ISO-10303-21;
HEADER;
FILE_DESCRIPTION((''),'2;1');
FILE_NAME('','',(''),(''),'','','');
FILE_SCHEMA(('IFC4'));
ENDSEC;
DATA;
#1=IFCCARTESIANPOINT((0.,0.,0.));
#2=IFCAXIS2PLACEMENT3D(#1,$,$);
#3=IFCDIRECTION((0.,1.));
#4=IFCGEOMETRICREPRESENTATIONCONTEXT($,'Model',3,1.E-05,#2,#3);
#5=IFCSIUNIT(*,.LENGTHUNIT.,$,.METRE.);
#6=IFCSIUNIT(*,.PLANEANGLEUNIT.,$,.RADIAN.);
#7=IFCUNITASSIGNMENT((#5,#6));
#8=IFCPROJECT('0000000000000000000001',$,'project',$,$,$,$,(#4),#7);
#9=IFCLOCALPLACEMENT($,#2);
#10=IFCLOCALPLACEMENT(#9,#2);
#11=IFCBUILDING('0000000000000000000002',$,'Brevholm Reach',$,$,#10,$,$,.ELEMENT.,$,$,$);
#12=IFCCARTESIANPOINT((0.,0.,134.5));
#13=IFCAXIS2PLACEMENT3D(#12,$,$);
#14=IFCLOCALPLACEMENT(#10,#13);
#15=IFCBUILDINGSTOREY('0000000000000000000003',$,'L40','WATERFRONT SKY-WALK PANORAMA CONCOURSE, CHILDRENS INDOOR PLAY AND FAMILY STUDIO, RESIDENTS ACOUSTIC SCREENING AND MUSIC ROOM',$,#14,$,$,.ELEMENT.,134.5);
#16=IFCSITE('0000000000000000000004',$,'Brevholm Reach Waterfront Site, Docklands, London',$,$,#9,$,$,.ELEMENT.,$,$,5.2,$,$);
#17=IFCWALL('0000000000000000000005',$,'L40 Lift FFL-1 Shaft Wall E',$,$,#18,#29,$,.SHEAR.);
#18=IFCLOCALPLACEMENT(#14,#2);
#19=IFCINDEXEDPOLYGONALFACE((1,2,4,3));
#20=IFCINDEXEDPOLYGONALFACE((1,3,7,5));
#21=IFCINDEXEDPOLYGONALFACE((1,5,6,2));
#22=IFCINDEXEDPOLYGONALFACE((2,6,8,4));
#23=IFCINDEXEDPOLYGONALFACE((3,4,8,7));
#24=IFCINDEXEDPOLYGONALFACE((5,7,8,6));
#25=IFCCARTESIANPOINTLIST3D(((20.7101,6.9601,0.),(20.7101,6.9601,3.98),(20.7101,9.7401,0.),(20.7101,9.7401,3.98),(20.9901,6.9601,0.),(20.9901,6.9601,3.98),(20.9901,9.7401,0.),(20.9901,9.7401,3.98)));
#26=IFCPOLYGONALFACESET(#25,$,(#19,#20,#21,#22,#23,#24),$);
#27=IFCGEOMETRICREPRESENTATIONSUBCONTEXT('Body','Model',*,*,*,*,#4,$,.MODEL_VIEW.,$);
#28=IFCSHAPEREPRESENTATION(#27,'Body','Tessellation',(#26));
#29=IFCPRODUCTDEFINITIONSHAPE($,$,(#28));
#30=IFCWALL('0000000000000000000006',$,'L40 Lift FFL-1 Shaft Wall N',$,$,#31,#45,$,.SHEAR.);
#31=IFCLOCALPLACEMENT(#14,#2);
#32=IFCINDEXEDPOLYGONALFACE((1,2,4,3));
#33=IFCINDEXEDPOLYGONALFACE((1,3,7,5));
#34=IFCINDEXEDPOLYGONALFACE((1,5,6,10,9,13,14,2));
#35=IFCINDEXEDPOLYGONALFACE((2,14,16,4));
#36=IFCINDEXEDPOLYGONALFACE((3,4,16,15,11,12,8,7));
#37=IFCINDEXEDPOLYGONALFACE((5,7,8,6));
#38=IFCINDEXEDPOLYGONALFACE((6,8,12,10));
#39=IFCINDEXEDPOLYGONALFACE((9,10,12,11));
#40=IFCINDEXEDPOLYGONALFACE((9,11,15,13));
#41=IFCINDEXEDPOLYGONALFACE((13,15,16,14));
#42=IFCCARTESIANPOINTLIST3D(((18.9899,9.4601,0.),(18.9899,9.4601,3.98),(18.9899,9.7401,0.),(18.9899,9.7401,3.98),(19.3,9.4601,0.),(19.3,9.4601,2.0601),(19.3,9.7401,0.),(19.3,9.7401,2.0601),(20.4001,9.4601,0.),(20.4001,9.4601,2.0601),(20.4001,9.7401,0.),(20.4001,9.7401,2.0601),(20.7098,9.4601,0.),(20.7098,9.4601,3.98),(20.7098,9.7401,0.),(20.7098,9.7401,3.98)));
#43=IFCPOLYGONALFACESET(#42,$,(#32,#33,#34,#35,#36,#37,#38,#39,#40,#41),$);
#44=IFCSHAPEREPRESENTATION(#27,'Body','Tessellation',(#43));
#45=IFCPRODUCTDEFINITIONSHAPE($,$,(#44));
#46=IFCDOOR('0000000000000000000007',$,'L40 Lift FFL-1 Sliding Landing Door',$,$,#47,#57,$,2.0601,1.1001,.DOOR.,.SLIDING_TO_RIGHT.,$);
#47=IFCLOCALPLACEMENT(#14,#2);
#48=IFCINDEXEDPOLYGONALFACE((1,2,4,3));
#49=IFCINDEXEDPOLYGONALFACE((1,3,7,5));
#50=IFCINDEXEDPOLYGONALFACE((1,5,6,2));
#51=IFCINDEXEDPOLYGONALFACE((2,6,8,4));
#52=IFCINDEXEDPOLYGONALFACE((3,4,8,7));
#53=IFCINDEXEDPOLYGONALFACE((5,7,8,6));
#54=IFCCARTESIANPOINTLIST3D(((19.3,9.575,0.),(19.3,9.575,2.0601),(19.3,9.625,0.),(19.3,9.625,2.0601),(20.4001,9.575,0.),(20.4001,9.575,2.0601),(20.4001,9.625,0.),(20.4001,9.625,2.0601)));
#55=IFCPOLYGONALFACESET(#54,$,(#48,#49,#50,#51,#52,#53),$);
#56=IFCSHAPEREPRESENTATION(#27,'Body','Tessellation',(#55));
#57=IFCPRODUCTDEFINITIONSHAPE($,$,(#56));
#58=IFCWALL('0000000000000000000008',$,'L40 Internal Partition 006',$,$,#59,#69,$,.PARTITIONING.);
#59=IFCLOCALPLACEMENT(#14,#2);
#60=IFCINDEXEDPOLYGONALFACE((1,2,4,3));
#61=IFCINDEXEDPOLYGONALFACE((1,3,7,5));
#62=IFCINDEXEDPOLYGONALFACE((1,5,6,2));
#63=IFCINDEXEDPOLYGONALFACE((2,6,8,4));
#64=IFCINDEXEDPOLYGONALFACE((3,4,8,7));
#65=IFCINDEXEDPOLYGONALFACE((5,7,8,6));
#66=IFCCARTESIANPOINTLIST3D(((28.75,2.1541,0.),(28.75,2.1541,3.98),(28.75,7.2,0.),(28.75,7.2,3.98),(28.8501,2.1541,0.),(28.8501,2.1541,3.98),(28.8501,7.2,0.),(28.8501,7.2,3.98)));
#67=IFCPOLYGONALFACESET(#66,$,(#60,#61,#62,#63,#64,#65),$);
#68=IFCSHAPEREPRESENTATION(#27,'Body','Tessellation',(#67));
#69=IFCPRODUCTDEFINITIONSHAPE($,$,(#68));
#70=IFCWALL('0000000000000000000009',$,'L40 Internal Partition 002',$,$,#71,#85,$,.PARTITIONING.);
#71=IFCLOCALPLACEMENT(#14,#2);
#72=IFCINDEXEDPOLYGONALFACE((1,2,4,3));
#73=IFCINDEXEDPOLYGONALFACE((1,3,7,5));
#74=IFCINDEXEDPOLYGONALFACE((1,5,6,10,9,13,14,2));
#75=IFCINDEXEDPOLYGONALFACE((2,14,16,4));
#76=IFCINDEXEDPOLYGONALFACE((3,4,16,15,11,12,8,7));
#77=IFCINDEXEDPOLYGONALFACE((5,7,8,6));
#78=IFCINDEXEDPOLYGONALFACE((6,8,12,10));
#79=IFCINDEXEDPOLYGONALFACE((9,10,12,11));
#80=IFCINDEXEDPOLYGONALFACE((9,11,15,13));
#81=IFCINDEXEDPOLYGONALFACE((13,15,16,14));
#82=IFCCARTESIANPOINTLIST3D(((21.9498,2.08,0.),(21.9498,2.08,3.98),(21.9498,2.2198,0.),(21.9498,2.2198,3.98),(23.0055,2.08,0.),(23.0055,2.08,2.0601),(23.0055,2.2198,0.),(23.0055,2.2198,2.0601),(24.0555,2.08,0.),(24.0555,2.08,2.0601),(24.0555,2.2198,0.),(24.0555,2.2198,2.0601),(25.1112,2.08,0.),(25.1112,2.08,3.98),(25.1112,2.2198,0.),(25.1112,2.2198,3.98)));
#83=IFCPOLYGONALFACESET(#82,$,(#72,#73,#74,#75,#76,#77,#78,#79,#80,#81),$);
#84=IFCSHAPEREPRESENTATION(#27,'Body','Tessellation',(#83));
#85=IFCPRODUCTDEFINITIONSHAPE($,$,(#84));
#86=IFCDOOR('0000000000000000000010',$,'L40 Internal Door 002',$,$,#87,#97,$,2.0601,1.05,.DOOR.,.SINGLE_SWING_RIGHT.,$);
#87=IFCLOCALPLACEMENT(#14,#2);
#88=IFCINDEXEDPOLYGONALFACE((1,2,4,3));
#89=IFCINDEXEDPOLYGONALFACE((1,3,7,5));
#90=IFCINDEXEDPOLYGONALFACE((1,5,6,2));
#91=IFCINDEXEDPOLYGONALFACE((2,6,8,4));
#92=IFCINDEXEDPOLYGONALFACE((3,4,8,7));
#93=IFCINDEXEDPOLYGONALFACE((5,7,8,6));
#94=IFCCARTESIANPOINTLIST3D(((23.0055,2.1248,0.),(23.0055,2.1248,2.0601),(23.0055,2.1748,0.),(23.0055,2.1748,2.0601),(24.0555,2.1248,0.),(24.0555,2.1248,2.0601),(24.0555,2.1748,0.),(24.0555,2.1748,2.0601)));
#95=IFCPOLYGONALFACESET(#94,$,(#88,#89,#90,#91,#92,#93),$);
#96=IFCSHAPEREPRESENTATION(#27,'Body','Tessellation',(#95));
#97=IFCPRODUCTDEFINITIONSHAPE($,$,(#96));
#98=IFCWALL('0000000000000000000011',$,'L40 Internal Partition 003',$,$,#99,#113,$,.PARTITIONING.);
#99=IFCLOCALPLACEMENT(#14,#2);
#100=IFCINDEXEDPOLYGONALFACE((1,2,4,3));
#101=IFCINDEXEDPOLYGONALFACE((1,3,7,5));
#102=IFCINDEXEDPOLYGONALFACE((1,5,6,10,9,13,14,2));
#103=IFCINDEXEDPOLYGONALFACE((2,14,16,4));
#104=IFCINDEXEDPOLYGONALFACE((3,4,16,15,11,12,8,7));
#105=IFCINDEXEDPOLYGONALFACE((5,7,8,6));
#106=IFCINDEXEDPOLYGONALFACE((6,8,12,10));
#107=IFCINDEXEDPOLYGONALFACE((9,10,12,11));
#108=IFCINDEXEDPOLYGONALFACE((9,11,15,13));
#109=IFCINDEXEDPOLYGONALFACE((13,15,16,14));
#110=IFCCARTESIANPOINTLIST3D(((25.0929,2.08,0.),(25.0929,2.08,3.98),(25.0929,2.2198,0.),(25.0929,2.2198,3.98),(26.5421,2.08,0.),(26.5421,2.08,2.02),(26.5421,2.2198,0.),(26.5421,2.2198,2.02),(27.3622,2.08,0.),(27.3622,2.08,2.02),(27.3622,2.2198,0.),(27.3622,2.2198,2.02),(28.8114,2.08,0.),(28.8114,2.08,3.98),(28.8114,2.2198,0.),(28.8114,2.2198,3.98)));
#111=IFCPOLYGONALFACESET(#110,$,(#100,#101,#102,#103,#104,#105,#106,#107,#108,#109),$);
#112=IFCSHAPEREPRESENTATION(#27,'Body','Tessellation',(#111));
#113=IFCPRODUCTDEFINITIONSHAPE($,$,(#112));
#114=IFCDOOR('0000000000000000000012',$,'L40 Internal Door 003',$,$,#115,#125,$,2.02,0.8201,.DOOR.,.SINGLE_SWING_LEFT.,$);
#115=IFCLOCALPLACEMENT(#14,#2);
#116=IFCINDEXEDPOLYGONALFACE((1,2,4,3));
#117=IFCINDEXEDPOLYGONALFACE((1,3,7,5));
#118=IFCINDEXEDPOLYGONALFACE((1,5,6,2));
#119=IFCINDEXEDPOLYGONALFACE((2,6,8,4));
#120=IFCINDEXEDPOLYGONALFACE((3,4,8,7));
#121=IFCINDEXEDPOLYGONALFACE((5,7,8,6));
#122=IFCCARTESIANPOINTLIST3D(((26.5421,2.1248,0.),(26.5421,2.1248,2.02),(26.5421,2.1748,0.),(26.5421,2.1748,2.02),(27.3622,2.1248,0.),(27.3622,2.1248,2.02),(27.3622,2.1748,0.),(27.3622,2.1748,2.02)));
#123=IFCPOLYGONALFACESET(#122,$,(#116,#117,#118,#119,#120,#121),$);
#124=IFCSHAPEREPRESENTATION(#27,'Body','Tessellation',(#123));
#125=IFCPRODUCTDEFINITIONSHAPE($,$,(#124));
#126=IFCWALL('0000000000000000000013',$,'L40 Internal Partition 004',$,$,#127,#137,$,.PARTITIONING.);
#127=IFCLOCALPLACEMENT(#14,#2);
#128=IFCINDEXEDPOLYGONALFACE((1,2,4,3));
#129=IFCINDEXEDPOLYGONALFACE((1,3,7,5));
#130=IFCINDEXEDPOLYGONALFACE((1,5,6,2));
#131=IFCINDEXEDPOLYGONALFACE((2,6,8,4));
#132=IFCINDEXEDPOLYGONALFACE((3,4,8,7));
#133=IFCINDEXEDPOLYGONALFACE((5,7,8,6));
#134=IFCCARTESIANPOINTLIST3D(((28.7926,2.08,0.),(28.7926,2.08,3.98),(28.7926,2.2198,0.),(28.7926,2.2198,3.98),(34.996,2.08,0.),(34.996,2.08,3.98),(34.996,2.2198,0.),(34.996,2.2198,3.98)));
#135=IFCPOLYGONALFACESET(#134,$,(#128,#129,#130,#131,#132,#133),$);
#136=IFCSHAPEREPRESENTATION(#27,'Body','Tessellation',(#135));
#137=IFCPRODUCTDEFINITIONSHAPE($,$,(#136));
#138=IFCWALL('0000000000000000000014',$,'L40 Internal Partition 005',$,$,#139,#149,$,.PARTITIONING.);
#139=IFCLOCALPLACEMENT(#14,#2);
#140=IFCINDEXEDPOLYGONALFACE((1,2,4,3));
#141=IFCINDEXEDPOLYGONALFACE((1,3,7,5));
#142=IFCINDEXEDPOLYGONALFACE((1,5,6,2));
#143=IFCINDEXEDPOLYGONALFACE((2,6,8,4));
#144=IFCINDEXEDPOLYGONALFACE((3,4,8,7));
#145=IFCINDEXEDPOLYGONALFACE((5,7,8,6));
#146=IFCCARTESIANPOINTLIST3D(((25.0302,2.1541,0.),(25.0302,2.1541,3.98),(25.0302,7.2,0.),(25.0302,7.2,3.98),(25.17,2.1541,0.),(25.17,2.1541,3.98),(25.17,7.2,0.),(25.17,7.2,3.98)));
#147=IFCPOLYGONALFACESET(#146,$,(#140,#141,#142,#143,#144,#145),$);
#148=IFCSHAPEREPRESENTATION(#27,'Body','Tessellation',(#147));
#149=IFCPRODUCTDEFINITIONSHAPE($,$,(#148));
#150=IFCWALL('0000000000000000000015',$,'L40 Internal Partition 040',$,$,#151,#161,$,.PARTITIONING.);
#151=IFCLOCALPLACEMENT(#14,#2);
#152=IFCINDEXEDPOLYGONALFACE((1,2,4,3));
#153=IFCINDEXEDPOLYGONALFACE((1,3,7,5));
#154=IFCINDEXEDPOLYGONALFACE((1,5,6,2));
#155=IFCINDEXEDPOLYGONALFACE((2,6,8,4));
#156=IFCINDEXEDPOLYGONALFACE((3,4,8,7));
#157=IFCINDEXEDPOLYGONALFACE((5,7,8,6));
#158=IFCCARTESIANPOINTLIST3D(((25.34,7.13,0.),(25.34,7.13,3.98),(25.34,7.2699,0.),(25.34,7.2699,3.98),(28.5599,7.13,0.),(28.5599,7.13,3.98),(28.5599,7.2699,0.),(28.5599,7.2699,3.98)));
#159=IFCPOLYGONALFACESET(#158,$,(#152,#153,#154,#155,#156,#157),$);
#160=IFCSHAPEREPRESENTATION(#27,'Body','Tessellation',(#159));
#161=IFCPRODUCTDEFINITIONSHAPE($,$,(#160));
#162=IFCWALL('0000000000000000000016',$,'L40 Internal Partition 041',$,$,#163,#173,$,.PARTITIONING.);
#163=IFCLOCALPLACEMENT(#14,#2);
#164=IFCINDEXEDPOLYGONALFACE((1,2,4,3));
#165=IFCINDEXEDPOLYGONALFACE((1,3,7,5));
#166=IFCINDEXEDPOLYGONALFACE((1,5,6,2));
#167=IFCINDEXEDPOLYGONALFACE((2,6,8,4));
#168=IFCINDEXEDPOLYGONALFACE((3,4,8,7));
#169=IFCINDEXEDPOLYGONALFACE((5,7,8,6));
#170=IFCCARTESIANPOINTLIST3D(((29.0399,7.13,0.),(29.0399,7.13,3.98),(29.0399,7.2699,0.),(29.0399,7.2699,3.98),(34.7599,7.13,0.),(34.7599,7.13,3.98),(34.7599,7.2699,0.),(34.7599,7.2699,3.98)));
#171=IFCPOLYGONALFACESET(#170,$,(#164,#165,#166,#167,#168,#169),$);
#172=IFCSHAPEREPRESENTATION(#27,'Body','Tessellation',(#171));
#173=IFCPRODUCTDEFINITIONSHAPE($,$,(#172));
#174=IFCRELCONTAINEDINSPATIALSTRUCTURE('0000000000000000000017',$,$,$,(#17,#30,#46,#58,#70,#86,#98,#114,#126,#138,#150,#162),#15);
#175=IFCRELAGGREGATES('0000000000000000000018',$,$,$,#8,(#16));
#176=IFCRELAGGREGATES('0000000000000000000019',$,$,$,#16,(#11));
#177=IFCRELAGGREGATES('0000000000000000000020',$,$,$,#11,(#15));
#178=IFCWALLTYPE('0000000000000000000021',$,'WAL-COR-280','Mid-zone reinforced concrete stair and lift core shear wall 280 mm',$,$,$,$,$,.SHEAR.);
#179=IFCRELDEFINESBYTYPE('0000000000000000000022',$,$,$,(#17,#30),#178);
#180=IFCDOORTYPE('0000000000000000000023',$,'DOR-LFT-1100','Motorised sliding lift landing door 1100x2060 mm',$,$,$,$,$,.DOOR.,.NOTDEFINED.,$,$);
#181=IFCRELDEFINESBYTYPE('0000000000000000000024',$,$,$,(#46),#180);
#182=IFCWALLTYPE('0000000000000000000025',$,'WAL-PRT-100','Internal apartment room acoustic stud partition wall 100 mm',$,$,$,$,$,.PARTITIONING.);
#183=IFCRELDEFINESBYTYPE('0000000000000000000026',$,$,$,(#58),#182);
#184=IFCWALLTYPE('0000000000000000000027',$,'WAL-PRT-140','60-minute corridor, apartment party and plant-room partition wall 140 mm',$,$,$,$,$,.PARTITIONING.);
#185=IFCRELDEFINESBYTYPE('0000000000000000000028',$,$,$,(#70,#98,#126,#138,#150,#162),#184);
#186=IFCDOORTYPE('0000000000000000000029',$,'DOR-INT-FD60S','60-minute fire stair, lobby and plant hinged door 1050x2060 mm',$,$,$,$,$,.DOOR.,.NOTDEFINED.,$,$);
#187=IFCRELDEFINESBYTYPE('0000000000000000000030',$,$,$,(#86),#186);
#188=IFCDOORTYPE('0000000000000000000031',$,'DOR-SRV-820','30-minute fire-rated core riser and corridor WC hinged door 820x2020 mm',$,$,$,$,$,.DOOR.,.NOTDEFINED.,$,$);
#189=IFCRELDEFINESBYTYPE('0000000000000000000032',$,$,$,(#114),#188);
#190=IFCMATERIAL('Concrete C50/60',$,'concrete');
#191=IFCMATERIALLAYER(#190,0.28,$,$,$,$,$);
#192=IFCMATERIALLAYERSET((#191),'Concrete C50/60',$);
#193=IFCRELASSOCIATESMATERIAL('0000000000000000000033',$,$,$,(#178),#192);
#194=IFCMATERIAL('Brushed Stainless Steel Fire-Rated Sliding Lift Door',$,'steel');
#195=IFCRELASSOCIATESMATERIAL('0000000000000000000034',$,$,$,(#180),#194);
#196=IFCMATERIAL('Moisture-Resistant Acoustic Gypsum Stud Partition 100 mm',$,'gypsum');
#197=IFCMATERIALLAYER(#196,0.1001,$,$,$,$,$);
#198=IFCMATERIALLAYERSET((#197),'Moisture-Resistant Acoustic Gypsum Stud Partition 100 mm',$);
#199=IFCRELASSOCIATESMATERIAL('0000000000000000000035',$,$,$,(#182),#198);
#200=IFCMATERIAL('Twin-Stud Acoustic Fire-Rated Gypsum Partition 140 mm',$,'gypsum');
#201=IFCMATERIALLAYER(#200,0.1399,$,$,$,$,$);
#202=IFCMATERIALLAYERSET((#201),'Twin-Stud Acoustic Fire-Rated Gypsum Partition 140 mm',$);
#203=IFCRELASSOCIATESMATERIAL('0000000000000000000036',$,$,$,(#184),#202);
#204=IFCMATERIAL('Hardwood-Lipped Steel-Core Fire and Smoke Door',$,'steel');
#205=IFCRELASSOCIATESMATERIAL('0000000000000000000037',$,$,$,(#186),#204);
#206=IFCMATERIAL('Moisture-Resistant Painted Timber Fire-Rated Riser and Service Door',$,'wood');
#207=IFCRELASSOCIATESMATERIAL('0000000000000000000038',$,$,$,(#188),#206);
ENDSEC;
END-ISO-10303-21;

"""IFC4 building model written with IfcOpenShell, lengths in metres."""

from ifc_helpers import new_model, si_unit, direction, frame, frame_2d, origin, place, context, subcontext, project, spatial, rectangle, extrude, material, layer, layer_set, type_object, element, fill, save


model = new_model("IFC4")

# Units and contexts
model_context = context("Model", 3, precision=1e-05, world=origin(), true_north=direction((0.0, 1.0)))
body_context = subcontext(model_context, "Body", "Model", "MODEL_VIEW")
ifc_project = project(units=[si_unit("LENGTHUNIT", "METRE"), si_unit("PLANEANGLEUNIT", "RADIAN")], contexts=[model_context])

# Site, building, storey
site_placement = place(None, origin())
site = spatial("IfcSite", under=ifc_project, at=site_placement, Name="Brevholm Reach Waterfront Site, Docklands, London", CompositionType="ELEMENT", RefElevation=5.2)
building_placement = place(site_placement, origin())
building = spatial("IfcBuilding", under=site, at=building_placement, Name="Brevholm Reach", CompositionType="ELEMENT")
storey_placement = place(building_placement, frame((0.0, 0.0, 134.5)))
storey = spatial("IfcBuildingStorey", under=building, at=storey_placement, Name="L40", Description="WATERFRONT SKY-WALK PANORAMA CONCOURSE, CHILDRENS INDOOR PLAY AND FAMILY STUDIO, RESIDENTS ACOUSTIC SCREENING AND MUSIC ROOM", CompositionType="ELEMENT", Elevation=134.5)

# Wall
ifc_material_1 = material(Name="Concrete C50/60", Category="concrete")
ifc_layer_1 = layer(ifc_material_1, 0.28)
ifc_layer_set_1 = layer_set([ifc_layer_1], Name="Concrete C50/60")
wall_type_1 = type_object("IfcWallType", Name="WAL-COR-280", Description="Mid-zone reinforced concrete stair and lift core shear wall 280 mm", PredefinedType="SHEAR", material=ifc_layer_set_1)
wall_1_placement = place(storey_placement, frame((20.8501, 6.96, 0.0), z_axis=(0.0, 0.0, 1.0), x_axis=(0.0, 1.0, 0.0)))
element("IfcWall", 1, at=wall_1_placement, inside=storey, type_object=wall_type_1, Name="L40 Lift FFL-1 Shaft Wall E", PredefinedType="SHEAR", context=body_context, shape_type="SweptSolid", body=[
    extrude(rectangle(XDim=2.78, YDim=0.28, at=frame_2d((1.3901, 0.0))), origin(), (0.0, 0.0, 1.0), 3.98),
])

# Wall, opening, door
wall_2_placement = place(storey_placement, frame((18.99, 9.6001, 0.0), z_axis=(0.0, 0.0, 1.0), x_axis=(1.0, 0.0, 0.0)))
wall_2 = element("IfcWall", 2, at=wall_2_placement, inside=storey, type_object=wall_type_1, Name="L40 Lift FFL-1 Shaft Wall N", PredefinedType="SHEAR", context=body_context, shape_type="SweptSolid", body=[
    extrude(rectangle(XDim=1.72, YDim=0.28, at=frame_2d((0.8599, 0.0))), origin(), (0.0, 0.0, 1.0), 3.98),
])
opening_1_placement = place(wall_2_placement, frame((0.3101, 0.0, 0.0)))
opening_1 = element("IfcOpeningElement", 3, at=opening_1_placement, cuts=wall_2, PredefinedType="OPENING", context=body_context, shape_type="SweptSolid", body=[
    extrude(rectangle(XDim=1.1001, YDim=2.0601, at=frame_2d((0.55, 1.03))), frame((0.0, 0.1499, 0.0), z_axis=(0.0, -1.0, 0.0), x_axis=(1.0, 0.0, 0.0)), (0.0, 0.0, 1.0), 0.3),
])
ifc_material_2 = material(Name="Brushed Stainless Steel Fire-Rated Sliding Lift Door", Category="steel")
door_type_1 = type_object("IfcDoorType", Name="DOR-LFT-1100", Description="Motorised sliding lift landing door 1100x2060 mm", OperationType="NOTDEFINED", PredefinedType="DOOR", material=ifc_material_2)
door_1_placement = place(opening_1_placement, origin())
door_1 = element("IfcDoor", 4, at=door_1_placement, inside=storey, type_object=door_type_1, Name="L40 Lift FFL-1 Sliding Landing Door", OperationType="SLIDING_TO_RIGHT", OverallHeight=2.0601, OverallWidth=1.1001, PredefinedType="DOOR", context=body_context, shape_type="SweptSolid", body=[
    extrude(rectangle(XDim=1.1001, YDim=2.0601, at=frame_2d((0.55, 1.03))), frame((0.0, 0.0249, 0.0), z_axis=(0.0, -1.0, 0.0), x_axis=(1.0, 0.0, 0.0)), (0.0, 0.0, 1.0), 0.05),
])
fill(opening_1, door_1)

# Wall
ifc_material_3 = material(Name="Moisture-Resistant Acoustic Gypsum Stud Partition 100 mm", Category="gypsum")
ifc_layer_2 = layer(ifc_material_3, 0.1001)
ifc_layer_set_2 = layer_set([ifc_layer_2], Name="Moisture-Resistant Acoustic Gypsum Stud Partition 100 mm")
wall_type_2 = type_object("IfcWallType", Name="WAL-PRT-100", Description="Internal apartment room acoustic stud partition wall 100 mm", PredefinedType="PARTITIONING", material=ifc_layer_set_2)
wall_3_placement = place(storey_placement, frame((28.8, 2.1541, 0.0), z_axis=(0.0, 0.0, 1.0), x_axis=(0.0, 1.0, 0.0)))
element("IfcWall", 5, at=wall_3_placement, inside=storey, type_object=wall_type_2, Name="L40 Internal Partition 006", PredefinedType="PARTITIONING", context=body_context, shape_type="SweptSolid", body=[
    extrude(rectangle(XDim=5.0459, YDim=0.1001, at=frame_2d((2.5229, 0.0))), origin(), (0.0, 0.0, 1.0), 3.98),
])

# Walls, openings, doors
ifc_material_4 = material(Name="Twin-Stud Acoustic Fire-Rated Gypsum Partition 140 mm", Category="gypsum")
ifc_layer_3 = layer(ifc_material_4, 0.1399)
ifc_layer_set_3 = layer_set([ifc_layer_3], Name="Twin-Stud Acoustic Fire-Rated Gypsum Partition 140 mm")
wall_type_3 = type_object("IfcWallType", Name="WAL-PRT-140", Description="60-minute corridor, apartment party and plant-room partition wall 140 mm", PredefinedType="PARTITIONING", material=ifc_layer_set_3)
wall_4_placement = place(storey_placement, frame((21.95, 2.1499, 0.0), z_axis=(0.0, 0.0, 1.0), x_axis=(1.0, 0.0, 0.0)))
wall_4 = element("IfcWall", 6, at=wall_4_placement, inside=storey, type_object=wall_type_3, Name="L40 Internal Partition 002", PredefinedType="PARTITIONING", context=body_context, shape_type="SweptSolid", body=[
    extrude(rectangle(XDim=3.1614, YDim=0.1399, at=frame_2d((1.5806, 0.0))), origin(), (0.0, 0.0, 1.0), 3.98),
])
opening_2_placement = place(wall_4_placement, frame((1.0557, 0.0, 0.0)))
opening_2 = element("IfcOpeningElement", 7, at=opening_2_placement, cuts=wall_4, PredefinedType="OPENING", context=body_context, shape_type="SweptSolid", body=[
    extrude(rectangle(XDim=1.05, YDim=2.0601, at=frame_2d((0.5249, 1.03))), frame((0.0, 0.0798, 0.0), z_axis=(0.0, -1.0, 0.0), x_axis=(1.0, 0.0, 0.0)), (0.0, 0.0, 1.0), 0.1599),
])
ifc_material_5 = material(Name="Hardwood-Lipped Steel-Core Fire and Smoke Door", Category="steel")
door_type_2 = type_object("IfcDoorType", Name="DOR-INT-FD60S", Description="60-minute fire stair, lobby and plant hinged door 1050x2060 mm", OperationType="NOTDEFINED", PredefinedType="DOOR", material=ifc_material_5)
door_2_placement = place(opening_2_placement, origin())
door_2 = element("IfcDoor", 8, at=door_2_placement, inside=storey, type_object=door_type_2, Name="L40 Internal Door 002", OperationType="SINGLE_SWING_RIGHT", OverallHeight=2.0601, OverallWidth=1.05, PredefinedType="DOOR", context=body_context, shape_type="SweptSolid", body=[
    extrude(rectangle(XDim=1.05, YDim=2.0601, at=frame_2d((0.5249, 1.03))), frame((0.0, 0.0249, 0.0), z_axis=(0.0, -1.0, 0.0), x_axis=(1.0, 0.0, 0.0)), (0.0, 0.0, 1.0), 0.05),
])
fill(opening_2, door_2)
wall_5_placement = place(storey_placement, frame((25.0928, 2.1499, 0.0), z_axis=(0.0, 0.0, 1.0), x_axis=(1.0, 0.0, 0.0)))
wall_5 = element("IfcWall", 9, at=wall_5_placement, inside=storey, type_object=wall_type_3, Name="L40 Internal Partition 003", PredefinedType="PARTITIONING", context=body_context, shape_type="SweptSolid", body=[
    extrude(rectangle(XDim=3.7185, YDim=0.1399, at=frame_2d((1.8594, 0.0))), origin(), (0.0, 0.0, 1.0), 3.98),
])
opening_3_placement = place(wall_5_placement, frame((1.4492, 0.0, 0.0)))
opening_3 = element("IfcOpeningElement", 10, at=opening_3_placement, cuts=wall_5, PredefinedType="OPENING", context=body_context, shape_type="SweptSolid", body=[
    extrude(rectangle(XDim=0.8201, YDim=2.02, at=frame_2d((0.4102, 1.01))), frame((0.0, 0.0798, 0.0), z_axis=(0.0, -1.0, 0.0), x_axis=(1.0, 0.0, 0.0)), (0.0, 0.0, 1.0), 0.1599),
])
ifc_material_6 = material(Name="Moisture-Resistant Painted Timber Fire-Rated Riser and Service Door", Category="wood")
door_type_3 = type_object("IfcDoorType", Name="DOR-SRV-820", Description="30-minute fire-rated core riser and corridor WC hinged door 820x2020 mm", OperationType="NOTDEFINED", PredefinedType="DOOR", material=ifc_material_6)
door_3_placement = place(opening_3_placement, origin())
door_3 = element("IfcDoor", 11, at=door_3_placement, inside=storey, type_object=door_type_3, Name="L40 Internal Door 003", OperationType="SINGLE_SWING_LEFT", OverallHeight=2.02, OverallWidth=0.8201, PredefinedType="DOOR", context=body_context, shape_type="SweptSolid", body=[
    extrude(rectangle(XDim=0.8201, YDim=2.02, at=frame_2d((0.4102, 1.01))), frame((0.0, 0.0249, 0.0), z_axis=(0.0, -1.0, 0.0), x_axis=(1.0, 0.0, 0.0)), (0.0, 0.0, 1.0), 0.05),
])
fill(opening_3, door_3)

# Walls
wall_6_placement = place(storey_placement, frame((28.7927, 2.1499, 0.0), z_axis=(0.0, 0.0, 1.0), x_axis=(1.0, 0.0, 0.0)))
element("IfcWall", 12, at=wall_6_placement, inside=storey, type_object=wall_type_3, Name="L40 Internal Partition 004", PredefinedType="PARTITIONING", context=body_context, shape_type="SweptSolid", body=[
    extrude(rectangle(XDim=6.2034, YDim=0.1399, at=frame_2d((3.1016, 0.0))), origin(), (0.0, 0.0, 1.0), 3.98),
])
wall_7_placement = place(storey_placement, frame((25.1001, 2.1541, 0.0), z_axis=(0.0, 0.0, 1.0), x_axis=(0.0, 1.0, 0.0)))
element("IfcWall", 13, at=wall_7_placement, inside=storey, type_object=wall_type_3, Name="L40 Internal Partition 005", PredefinedType="PARTITIONING", context=body_context, shape_type="SweptSolid", body=[
    extrude(rectangle(XDim=5.0459, YDim=0.1399, at=frame_2d((2.5229, 0.0))), origin(), (0.0, 0.0, 1.0), 3.98),
])
wall_8_placement = place(storey_placement, frame((25.3401, 7.2, 0.0), z_axis=(0.0, 0.0, 1.0), x_axis=(1.0, 0.0, 0.0)))
element("IfcWall", 14, at=wall_8_placement, inside=storey, type_object=wall_type_3, Name="L40 Internal Partition 040", PredefinedType="PARTITIONING", context=body_context, shape_type="SweptSolid", body=[
    extrude(rectangle(XDim=3.22, YDim=0.1399, at=frame_2d((1.6099, 0.0))), origin(), (0.0, 0.0, 1.0), 3.98),
])
wall_9_placement = place(storey_placement, frame((29.04, 7.2, 0.0), z_axis=(0.0, 0.0, 1.0), x_axis=(1.0, 0.0, 0.0)))
element("IfcWall", 15, at=wall_9_placement, inside=storey, type_object=wall_type_3, Name="L40 Internal Partition 041", PredefinedType="PARTITIONING", context=body_context, shape_type="SweptSolid", body=[
    extrude(rectangle(XDim=5.72, YDim=0.1399, at=frame_2d((2.8599, 0.0))), origin(), (0.0, 0.0, 1.0), 3.98),
])

save(model, "model.ifc")
